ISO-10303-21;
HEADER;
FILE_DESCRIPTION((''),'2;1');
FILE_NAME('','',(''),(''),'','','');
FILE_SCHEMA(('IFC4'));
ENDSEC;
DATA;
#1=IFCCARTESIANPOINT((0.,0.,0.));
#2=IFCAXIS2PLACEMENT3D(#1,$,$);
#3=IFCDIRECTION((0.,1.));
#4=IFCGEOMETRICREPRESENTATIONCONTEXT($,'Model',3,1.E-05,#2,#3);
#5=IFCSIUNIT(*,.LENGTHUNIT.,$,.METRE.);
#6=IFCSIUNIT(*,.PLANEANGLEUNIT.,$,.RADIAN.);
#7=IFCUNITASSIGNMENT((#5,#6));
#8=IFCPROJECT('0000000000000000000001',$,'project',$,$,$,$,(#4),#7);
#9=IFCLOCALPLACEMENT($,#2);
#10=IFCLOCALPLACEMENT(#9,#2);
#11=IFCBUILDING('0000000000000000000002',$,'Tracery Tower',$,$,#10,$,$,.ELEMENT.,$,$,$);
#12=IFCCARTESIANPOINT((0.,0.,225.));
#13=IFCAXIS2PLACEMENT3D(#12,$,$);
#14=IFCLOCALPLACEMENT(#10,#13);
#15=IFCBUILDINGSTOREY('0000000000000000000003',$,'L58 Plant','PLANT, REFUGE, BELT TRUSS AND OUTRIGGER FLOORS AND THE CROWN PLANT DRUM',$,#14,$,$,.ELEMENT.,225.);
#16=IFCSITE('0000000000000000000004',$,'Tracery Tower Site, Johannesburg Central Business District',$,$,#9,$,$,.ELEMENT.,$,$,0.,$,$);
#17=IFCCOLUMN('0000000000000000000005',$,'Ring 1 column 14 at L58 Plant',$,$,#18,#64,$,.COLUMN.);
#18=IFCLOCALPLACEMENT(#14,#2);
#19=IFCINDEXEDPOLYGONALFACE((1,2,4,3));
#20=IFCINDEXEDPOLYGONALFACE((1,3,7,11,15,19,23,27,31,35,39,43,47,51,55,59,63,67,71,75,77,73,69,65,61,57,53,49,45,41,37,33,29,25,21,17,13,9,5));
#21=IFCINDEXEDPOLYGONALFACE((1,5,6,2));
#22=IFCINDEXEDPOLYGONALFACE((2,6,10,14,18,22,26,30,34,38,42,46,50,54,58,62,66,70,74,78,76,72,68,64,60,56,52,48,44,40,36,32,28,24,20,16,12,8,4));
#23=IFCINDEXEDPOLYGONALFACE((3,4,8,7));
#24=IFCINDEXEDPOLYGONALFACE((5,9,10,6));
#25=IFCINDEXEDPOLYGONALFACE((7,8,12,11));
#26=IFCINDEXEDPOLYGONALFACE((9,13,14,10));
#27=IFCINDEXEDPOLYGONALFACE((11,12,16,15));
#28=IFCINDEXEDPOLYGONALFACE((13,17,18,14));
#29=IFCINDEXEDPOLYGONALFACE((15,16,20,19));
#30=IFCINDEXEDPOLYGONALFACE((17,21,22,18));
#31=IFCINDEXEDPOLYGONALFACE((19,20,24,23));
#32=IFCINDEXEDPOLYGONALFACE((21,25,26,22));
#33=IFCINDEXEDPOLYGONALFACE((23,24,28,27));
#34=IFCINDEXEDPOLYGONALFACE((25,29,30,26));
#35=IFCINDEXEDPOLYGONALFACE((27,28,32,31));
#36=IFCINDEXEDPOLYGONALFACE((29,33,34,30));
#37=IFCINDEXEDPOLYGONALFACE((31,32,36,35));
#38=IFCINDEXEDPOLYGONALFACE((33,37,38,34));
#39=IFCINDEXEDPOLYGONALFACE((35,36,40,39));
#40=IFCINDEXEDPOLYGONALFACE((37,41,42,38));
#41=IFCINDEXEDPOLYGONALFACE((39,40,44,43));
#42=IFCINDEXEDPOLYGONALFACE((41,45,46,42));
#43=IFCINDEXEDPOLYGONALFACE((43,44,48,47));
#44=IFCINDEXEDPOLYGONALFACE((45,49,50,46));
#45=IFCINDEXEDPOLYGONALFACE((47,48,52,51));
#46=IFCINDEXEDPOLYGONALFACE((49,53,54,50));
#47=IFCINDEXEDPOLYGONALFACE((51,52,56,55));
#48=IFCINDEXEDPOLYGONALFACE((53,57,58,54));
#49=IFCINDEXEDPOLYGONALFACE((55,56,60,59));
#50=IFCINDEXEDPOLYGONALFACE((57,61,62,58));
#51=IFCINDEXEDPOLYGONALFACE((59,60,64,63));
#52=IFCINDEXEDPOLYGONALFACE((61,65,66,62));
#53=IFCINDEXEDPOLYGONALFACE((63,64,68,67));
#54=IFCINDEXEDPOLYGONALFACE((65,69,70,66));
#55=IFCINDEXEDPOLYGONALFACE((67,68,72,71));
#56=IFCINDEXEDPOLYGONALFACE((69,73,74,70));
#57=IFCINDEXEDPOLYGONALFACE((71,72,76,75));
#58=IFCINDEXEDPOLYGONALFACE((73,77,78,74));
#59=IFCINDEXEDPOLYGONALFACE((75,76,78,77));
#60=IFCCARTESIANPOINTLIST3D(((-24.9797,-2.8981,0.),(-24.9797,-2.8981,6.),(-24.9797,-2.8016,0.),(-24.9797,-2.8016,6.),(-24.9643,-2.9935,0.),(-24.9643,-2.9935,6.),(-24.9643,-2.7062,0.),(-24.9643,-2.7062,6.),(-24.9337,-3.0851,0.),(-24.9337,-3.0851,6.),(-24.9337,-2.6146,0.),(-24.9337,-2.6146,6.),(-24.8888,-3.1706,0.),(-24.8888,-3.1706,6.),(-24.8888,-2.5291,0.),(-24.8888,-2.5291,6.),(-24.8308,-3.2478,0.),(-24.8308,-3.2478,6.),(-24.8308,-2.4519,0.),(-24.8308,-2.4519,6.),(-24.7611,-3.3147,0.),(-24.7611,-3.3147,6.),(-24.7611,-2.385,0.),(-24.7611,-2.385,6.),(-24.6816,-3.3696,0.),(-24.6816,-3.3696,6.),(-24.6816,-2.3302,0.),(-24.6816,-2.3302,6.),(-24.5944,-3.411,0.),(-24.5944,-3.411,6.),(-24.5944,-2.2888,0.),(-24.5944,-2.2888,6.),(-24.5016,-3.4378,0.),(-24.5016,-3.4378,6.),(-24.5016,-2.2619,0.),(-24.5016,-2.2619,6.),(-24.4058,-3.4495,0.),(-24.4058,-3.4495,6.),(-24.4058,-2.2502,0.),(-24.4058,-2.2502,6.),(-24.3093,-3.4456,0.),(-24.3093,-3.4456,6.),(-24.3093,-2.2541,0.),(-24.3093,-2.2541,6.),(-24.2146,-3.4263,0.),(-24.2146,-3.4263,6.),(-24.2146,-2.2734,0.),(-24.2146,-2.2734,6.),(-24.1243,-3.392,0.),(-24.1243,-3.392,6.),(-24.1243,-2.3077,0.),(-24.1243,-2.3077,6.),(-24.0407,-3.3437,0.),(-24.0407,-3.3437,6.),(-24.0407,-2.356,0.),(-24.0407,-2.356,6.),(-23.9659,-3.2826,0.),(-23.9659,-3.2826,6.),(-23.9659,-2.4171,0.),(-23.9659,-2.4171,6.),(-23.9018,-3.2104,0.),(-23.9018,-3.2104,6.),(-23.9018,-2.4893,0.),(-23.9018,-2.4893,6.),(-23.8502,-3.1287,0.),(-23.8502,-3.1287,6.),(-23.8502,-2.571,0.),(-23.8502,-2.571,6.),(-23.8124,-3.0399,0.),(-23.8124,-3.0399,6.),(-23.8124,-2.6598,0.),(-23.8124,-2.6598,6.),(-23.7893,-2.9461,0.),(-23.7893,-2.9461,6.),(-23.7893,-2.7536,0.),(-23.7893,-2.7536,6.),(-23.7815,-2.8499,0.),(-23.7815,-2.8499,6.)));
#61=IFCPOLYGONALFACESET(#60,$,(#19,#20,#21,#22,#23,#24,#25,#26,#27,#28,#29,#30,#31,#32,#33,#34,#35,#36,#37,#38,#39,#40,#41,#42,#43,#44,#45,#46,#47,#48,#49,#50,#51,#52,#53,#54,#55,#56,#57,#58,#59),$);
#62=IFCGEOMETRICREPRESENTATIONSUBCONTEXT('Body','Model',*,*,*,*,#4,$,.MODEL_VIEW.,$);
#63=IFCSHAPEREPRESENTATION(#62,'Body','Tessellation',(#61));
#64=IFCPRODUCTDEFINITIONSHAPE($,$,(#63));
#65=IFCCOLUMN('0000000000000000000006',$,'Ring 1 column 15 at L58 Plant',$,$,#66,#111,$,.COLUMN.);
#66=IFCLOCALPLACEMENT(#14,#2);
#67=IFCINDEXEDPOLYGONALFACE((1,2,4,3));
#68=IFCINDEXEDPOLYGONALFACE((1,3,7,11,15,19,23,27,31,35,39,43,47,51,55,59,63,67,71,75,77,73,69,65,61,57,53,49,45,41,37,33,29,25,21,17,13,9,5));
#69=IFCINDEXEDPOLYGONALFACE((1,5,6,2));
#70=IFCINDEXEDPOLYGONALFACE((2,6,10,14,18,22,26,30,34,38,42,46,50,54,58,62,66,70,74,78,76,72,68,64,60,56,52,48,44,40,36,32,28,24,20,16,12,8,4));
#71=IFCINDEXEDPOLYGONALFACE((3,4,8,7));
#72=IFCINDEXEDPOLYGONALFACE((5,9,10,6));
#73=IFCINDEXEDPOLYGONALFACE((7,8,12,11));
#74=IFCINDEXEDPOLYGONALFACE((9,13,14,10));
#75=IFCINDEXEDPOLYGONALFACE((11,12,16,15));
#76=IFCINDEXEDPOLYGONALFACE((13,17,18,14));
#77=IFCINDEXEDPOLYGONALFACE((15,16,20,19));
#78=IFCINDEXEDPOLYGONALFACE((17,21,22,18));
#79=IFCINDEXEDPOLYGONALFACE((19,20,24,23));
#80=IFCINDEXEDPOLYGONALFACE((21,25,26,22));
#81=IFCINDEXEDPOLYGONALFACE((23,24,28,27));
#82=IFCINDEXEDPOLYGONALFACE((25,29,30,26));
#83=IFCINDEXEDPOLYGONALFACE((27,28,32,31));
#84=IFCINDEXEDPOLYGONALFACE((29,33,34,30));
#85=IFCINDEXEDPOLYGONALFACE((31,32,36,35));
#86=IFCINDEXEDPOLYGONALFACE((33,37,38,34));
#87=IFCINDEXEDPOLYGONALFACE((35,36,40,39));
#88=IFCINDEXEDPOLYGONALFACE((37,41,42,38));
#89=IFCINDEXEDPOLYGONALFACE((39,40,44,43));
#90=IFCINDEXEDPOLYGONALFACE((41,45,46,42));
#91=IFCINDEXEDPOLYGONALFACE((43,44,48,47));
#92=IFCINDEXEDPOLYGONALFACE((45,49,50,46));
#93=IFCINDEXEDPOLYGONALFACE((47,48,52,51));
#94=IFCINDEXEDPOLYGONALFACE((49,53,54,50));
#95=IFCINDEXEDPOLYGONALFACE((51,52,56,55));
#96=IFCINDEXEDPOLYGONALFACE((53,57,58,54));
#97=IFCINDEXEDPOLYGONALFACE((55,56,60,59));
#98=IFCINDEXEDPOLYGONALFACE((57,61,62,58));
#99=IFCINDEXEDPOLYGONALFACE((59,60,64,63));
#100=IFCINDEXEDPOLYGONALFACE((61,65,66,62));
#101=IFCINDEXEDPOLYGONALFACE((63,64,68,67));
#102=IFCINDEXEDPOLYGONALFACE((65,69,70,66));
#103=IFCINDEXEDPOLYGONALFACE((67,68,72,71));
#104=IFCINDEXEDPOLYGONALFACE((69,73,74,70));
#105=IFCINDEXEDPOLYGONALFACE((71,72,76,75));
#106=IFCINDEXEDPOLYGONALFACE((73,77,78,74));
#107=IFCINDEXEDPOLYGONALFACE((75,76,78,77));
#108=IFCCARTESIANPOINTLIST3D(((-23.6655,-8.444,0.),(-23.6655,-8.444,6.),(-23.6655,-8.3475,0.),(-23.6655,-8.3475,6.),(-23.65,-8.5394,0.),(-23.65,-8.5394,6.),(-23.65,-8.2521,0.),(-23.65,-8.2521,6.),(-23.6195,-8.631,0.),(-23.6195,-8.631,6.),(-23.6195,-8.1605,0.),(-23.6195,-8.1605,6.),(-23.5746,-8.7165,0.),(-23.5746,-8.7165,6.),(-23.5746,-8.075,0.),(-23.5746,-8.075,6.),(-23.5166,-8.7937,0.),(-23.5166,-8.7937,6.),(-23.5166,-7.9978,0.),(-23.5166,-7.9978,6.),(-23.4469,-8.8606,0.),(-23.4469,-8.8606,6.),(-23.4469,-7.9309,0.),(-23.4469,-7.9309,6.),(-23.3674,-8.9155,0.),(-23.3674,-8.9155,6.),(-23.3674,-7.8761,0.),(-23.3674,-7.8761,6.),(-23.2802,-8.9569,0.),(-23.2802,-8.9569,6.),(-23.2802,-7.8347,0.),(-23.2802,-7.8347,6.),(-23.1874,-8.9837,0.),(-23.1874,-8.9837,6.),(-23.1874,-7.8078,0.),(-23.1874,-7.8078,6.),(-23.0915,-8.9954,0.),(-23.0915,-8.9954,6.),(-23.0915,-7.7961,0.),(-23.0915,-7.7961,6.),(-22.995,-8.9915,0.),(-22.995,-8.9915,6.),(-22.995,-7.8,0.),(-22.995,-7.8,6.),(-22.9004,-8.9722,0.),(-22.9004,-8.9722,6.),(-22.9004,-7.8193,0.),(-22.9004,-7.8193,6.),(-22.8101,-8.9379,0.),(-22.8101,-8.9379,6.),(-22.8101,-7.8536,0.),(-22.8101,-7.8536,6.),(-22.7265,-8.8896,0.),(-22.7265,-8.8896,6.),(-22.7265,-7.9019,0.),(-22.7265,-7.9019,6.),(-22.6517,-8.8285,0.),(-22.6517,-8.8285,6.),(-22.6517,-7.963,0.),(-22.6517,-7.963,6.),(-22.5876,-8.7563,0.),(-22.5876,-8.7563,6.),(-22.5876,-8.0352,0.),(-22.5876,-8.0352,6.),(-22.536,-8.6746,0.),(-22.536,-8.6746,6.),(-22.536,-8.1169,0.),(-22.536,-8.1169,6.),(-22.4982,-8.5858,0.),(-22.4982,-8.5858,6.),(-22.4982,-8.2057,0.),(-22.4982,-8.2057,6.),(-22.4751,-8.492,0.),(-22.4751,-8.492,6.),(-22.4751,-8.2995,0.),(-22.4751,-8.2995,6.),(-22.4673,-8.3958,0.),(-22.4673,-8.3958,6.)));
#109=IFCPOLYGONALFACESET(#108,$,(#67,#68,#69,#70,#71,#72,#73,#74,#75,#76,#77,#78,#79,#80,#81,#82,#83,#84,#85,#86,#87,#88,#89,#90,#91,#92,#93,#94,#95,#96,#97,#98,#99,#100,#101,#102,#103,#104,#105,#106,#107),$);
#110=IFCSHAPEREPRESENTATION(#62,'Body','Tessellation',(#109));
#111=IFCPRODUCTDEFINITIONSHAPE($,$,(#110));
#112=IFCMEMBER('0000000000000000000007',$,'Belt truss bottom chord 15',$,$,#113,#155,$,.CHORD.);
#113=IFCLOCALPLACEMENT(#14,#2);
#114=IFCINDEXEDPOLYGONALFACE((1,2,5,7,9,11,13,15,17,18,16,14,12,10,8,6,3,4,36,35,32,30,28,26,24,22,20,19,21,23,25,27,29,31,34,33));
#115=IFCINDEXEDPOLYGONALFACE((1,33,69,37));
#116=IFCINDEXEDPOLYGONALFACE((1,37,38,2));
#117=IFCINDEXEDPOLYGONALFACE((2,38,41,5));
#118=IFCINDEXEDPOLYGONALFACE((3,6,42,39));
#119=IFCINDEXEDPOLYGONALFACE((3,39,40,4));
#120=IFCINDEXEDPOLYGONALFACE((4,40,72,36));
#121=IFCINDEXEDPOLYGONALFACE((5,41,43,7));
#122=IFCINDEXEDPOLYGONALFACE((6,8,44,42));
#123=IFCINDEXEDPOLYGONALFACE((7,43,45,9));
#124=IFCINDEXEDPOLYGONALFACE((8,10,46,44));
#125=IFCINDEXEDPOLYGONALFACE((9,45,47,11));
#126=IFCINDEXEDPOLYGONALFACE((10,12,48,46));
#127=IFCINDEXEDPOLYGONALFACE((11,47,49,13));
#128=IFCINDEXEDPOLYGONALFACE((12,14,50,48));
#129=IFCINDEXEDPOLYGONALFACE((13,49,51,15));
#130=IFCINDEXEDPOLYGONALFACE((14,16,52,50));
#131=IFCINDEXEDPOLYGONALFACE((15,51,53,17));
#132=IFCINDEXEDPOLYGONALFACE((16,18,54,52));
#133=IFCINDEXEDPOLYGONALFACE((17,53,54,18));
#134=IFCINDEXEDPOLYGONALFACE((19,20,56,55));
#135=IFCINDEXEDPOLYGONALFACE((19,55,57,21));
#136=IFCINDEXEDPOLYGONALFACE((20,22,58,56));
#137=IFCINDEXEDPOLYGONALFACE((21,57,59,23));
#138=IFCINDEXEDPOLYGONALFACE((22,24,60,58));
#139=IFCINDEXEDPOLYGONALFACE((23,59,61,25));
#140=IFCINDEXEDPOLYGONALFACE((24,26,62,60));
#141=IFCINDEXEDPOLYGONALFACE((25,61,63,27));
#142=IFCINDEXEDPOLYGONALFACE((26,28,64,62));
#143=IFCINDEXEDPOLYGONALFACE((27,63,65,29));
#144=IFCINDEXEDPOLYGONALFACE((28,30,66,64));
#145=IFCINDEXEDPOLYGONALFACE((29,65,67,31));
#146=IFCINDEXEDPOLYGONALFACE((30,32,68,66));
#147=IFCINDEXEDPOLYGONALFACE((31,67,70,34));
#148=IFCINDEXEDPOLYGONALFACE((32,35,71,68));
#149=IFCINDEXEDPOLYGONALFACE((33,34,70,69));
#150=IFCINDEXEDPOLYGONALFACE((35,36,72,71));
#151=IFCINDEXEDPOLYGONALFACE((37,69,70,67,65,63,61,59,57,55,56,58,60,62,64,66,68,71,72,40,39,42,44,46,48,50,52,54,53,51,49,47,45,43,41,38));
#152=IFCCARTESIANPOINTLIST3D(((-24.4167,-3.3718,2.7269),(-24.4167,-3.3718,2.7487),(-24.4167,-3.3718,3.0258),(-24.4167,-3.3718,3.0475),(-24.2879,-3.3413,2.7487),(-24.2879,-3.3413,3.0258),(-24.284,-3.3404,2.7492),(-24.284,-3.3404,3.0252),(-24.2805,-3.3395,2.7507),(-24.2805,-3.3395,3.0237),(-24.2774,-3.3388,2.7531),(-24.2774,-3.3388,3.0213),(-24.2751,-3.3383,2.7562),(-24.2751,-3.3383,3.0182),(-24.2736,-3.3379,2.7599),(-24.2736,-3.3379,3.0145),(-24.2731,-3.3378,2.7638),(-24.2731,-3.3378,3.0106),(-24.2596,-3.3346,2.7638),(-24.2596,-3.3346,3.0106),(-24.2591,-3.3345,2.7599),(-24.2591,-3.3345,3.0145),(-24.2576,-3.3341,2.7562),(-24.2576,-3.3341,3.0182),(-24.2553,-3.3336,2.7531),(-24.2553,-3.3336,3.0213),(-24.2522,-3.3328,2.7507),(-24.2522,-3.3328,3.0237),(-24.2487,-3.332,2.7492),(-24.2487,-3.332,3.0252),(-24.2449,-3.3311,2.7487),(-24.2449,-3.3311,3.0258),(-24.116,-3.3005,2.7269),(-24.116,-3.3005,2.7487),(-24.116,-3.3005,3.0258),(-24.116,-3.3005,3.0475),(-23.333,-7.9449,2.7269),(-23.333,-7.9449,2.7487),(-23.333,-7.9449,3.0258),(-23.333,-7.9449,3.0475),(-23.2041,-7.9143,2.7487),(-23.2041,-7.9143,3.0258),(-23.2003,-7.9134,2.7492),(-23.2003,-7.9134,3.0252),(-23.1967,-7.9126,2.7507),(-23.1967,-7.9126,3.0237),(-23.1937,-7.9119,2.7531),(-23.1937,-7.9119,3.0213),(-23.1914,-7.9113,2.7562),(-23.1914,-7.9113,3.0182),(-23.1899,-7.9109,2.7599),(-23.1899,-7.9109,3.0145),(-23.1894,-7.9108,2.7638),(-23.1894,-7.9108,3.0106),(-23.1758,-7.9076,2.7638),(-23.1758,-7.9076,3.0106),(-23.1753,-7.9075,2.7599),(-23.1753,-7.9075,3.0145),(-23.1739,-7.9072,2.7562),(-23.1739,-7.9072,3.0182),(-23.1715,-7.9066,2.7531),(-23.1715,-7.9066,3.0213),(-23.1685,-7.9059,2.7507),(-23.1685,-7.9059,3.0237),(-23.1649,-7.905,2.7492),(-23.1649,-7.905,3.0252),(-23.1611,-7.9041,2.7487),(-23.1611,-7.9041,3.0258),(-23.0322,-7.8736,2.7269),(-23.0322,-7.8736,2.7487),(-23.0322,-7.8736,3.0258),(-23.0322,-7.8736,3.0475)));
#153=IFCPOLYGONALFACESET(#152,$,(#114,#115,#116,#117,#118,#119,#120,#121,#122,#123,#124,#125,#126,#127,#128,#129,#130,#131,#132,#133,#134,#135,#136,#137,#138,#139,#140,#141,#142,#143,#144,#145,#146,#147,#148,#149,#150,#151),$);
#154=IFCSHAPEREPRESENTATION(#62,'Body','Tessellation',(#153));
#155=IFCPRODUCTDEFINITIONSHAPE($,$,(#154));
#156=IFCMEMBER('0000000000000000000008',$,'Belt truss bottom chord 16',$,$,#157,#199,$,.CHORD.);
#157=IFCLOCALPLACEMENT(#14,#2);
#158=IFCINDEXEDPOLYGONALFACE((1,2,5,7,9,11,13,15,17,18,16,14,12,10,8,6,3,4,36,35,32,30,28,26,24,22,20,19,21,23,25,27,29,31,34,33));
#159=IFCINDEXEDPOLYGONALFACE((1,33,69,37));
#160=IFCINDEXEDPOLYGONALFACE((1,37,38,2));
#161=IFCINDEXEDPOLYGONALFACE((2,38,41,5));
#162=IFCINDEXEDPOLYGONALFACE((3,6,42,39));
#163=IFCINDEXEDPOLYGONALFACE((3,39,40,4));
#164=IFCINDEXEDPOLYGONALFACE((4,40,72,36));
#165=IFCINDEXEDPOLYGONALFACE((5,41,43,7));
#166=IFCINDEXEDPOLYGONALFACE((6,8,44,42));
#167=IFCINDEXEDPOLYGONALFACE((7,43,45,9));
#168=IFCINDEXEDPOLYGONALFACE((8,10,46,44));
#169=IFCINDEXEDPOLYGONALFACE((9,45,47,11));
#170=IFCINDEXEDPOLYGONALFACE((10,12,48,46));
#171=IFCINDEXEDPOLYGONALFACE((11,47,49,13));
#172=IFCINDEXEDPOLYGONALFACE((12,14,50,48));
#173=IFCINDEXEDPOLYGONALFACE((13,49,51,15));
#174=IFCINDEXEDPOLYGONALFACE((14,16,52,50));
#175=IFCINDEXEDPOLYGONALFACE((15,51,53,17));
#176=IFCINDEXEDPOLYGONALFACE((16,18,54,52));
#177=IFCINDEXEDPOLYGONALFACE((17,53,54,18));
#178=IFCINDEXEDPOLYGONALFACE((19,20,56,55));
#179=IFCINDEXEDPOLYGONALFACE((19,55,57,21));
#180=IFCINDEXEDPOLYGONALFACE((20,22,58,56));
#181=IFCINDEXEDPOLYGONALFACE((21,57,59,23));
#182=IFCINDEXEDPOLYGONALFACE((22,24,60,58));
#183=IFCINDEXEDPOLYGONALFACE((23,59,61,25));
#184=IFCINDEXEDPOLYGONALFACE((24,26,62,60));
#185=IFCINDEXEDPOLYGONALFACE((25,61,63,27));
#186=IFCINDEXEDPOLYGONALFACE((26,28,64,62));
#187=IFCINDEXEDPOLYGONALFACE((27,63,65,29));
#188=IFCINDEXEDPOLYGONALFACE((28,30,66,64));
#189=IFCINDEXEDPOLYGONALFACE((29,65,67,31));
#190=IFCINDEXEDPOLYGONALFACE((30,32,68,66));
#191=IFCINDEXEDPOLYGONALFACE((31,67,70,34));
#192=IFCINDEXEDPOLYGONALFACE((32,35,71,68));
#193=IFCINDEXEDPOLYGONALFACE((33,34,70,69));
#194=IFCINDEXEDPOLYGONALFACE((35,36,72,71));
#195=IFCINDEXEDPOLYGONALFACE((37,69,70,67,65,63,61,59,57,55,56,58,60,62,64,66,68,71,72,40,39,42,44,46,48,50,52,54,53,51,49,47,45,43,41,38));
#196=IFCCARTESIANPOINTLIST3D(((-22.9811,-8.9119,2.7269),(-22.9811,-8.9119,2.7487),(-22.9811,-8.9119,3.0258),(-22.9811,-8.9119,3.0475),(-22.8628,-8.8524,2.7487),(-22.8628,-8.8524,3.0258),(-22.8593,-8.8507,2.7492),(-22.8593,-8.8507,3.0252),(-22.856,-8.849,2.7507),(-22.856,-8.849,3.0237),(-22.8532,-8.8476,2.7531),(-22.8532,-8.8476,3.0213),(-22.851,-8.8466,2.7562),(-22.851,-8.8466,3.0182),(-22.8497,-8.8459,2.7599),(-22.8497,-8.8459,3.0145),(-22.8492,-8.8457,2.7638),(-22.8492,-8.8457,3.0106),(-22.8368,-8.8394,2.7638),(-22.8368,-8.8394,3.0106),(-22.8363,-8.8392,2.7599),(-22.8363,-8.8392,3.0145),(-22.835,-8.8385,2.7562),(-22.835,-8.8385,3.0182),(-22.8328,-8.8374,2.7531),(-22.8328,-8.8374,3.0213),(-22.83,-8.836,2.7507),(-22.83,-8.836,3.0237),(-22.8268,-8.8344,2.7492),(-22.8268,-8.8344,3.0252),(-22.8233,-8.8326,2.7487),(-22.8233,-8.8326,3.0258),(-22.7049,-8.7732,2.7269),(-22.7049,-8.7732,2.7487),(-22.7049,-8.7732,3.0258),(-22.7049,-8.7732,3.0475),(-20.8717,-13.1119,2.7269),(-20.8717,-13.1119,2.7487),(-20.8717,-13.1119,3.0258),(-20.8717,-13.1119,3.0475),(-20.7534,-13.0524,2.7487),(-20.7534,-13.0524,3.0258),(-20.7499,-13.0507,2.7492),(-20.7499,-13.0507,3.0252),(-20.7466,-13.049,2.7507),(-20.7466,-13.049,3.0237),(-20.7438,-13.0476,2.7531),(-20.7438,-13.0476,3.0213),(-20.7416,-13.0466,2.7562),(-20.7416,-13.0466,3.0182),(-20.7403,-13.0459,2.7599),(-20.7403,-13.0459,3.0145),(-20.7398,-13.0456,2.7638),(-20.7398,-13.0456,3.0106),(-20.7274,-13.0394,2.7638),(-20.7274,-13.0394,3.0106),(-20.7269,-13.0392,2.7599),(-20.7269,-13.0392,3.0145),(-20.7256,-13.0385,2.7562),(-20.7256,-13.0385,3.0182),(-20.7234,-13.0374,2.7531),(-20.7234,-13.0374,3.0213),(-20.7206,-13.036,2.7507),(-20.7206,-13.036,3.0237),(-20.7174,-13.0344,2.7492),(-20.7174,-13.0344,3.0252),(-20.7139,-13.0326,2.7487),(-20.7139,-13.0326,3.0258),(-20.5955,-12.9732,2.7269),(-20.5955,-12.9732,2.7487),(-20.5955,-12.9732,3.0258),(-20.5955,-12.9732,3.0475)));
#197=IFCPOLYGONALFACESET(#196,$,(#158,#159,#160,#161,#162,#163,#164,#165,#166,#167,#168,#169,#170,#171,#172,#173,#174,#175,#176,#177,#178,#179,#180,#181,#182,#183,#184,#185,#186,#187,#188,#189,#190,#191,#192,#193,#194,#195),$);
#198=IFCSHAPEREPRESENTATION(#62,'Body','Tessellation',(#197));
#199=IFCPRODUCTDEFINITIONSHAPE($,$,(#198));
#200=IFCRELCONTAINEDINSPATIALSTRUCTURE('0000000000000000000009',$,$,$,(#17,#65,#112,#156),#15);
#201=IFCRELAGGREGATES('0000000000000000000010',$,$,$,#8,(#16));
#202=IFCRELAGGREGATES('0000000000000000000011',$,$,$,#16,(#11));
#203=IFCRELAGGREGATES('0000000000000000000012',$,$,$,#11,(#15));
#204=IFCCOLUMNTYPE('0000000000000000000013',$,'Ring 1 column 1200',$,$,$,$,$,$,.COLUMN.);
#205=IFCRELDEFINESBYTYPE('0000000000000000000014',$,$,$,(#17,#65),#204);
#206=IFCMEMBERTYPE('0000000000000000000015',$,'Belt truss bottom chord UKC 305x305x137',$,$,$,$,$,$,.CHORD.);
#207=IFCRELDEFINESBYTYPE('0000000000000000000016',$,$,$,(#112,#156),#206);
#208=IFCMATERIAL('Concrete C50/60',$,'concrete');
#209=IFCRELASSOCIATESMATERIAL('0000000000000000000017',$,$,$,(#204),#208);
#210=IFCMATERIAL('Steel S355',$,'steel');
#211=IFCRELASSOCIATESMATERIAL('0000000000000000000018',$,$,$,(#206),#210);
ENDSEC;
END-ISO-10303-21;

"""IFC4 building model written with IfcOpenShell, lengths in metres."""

from ifc_helpers import new_model, si_unit, direction, frame, origin, origin_2d, place, context, subcontext, project, spatial, circle, i_section, extrude, material, material_profile, profile_set, type_object, element, save


model = new_model("IFC4")

# Units and contexts
model_context = context("Model", 3, precision=1e-05, world=origin(), true_north=direction((0.0, 1.0)))
body_context = subcontext(model_context, "Body", "Model", "MODEL_VIEW")
ifc_project = project(units=[si_unit("LENGTHUNIT", "METRE"), si_unit("PLANEANGLEUNIT", "RADIAN")], contexts=[model_context])

# Site, building, storey
site_placement = place(None, origin())
site = spatial("IfcSite", under=ifc_project, at=site_placement, Name="Tracery Tower Site, Johannesburg Central Business District", CompositionType="ELEMENT", RefElevation=0.0)
building_placement = place(site_placement, origin())
building = spatial("IfcBuilding", under=site, at=building_placement, Name="Tracery Tower", CompositionType="ELEMENT")
storey_placement = place(building_placement, frame((0.0, 0.0, 225.0)))
storey = spatial("IfcBuildingStorey", under=building, at=storey_placement, Name="L58 Plant", Description="PLANT, REFUGE, BELT TRUSS AND OUTRIGGER FLOORS AND THE CROWN PLANT DRUM", CompositionType="ELEMENT", Elevation=225.0)

# Columns
ifc_material_1 = material(Name="Concrete C50/60", Category="concrete")
ifc_material_profile_1 = material_profile(ifc_material_1, circle(Radius=0.6001, at=origin_2d()), Name="RC D1200")
ifc_profile_set_1 = profile_set([ifc_material_profile_1], Name="Concrete C50/60")
column_type = type_object("IfcColumnType", Name="Ring 1 column 1200", PredefinedType="COLUMN", material=ifc_profile_set_1)
for number, where, z_axis, x_axis, name in (
    (1, (-24.3816, -2.8499, 0.0), (0.0, 0.0, 1.0), (1.0, 0.0, 0.0), "Ring 1 column 14 at L58 Plant"),
    (2, (-23.0674, -8.3958, 0.0), (0.0, 0.0, 1.0), (1.0, 0.0, 0.0), "Ring 1 column 15 at L58 Plant"),
):
    element("IfcColumn", number, at=place(storey_placement, frame(where, z_axis=z_axis, x_axis=x_axis)), inside=storey, type_object=column_type, Name=name, PredefinedType="COLUMN", context=body_context, shape_type="SweptSolid", body=[
        extrude(circle(Radius=0.6001, at=origin_2d()), origin(), (0.0, 0.0, 1.0), 6.0),
    ])

# Members
ifc_material_2 = material(Name="Steel S355", Category="steel")
ifc_material_profile_2 = material_profile(ifc_material_2, i_section(OverallWidth=0.3091, OverallDepth=0.3206, WebThickness=0.0139, FlangeThickness=0.0217, FilletRadius=0.0151, at=origin_2d()), Name="UKC 305x305x137")
ifc_profile_set_2 = profile_set([ifc_material_profile_2], Name="Steel S355")
member_type_1 = type_object("IfcMemberType", Name="Belt truss bottom chord UKC 305x305x137", PredefinedType="CHORD", material=ifc_profile_set_2)
member_1_placement = place(storey_placement, frame((-24.2664, -3.3362, 2.8872), z_axis=(0.2306, -0.973049, 0.0), x_axis=(0.973049, 0.2306, 0.0)))
element("IfcMember", 3, at=member_1_placement, inside=storey, type_object=member_type_1, Name="Belt truss bottom chord 15", PredefinedType="CHORD", context=body_context, shape_type="SweptSolid", body=[
    extrude(i_section(OverallWidth=0.3091, OverallDepth=0.3206, WebThickness=0.0139, FlangeThickness=0.0217, FilletRadius=0.0151, at=origin_2d()), origin(), (0.0, 0.0, 1.0), 4.6997),
])
member_2_placement = place(storey_placement, frame((-22.843, -8.8425, 2.8872), z_axis=(0.448813, -0.893626, 0.0), x_axis=(0.893626, 0.448813, 0.0)))
element("IfcMember", 4, at=member_2_placement, inside=storey, type_object=member_type_1, Name="Belt truss bottom chord 16", PredefinedType="CHORD", context=body_context, shape_type="SweptSolid", body=[
    extrude(i_section(OverallWidth=0.3091, OverallDepth=0.3206, WebThickness=0.0139, FlangeThickness=0.0217, FilletRadius=0.0151, at=origin_2d()), origin(), (0.0, 0.0, 1.0), 4.7),
])

save(model, "model.ifc")
